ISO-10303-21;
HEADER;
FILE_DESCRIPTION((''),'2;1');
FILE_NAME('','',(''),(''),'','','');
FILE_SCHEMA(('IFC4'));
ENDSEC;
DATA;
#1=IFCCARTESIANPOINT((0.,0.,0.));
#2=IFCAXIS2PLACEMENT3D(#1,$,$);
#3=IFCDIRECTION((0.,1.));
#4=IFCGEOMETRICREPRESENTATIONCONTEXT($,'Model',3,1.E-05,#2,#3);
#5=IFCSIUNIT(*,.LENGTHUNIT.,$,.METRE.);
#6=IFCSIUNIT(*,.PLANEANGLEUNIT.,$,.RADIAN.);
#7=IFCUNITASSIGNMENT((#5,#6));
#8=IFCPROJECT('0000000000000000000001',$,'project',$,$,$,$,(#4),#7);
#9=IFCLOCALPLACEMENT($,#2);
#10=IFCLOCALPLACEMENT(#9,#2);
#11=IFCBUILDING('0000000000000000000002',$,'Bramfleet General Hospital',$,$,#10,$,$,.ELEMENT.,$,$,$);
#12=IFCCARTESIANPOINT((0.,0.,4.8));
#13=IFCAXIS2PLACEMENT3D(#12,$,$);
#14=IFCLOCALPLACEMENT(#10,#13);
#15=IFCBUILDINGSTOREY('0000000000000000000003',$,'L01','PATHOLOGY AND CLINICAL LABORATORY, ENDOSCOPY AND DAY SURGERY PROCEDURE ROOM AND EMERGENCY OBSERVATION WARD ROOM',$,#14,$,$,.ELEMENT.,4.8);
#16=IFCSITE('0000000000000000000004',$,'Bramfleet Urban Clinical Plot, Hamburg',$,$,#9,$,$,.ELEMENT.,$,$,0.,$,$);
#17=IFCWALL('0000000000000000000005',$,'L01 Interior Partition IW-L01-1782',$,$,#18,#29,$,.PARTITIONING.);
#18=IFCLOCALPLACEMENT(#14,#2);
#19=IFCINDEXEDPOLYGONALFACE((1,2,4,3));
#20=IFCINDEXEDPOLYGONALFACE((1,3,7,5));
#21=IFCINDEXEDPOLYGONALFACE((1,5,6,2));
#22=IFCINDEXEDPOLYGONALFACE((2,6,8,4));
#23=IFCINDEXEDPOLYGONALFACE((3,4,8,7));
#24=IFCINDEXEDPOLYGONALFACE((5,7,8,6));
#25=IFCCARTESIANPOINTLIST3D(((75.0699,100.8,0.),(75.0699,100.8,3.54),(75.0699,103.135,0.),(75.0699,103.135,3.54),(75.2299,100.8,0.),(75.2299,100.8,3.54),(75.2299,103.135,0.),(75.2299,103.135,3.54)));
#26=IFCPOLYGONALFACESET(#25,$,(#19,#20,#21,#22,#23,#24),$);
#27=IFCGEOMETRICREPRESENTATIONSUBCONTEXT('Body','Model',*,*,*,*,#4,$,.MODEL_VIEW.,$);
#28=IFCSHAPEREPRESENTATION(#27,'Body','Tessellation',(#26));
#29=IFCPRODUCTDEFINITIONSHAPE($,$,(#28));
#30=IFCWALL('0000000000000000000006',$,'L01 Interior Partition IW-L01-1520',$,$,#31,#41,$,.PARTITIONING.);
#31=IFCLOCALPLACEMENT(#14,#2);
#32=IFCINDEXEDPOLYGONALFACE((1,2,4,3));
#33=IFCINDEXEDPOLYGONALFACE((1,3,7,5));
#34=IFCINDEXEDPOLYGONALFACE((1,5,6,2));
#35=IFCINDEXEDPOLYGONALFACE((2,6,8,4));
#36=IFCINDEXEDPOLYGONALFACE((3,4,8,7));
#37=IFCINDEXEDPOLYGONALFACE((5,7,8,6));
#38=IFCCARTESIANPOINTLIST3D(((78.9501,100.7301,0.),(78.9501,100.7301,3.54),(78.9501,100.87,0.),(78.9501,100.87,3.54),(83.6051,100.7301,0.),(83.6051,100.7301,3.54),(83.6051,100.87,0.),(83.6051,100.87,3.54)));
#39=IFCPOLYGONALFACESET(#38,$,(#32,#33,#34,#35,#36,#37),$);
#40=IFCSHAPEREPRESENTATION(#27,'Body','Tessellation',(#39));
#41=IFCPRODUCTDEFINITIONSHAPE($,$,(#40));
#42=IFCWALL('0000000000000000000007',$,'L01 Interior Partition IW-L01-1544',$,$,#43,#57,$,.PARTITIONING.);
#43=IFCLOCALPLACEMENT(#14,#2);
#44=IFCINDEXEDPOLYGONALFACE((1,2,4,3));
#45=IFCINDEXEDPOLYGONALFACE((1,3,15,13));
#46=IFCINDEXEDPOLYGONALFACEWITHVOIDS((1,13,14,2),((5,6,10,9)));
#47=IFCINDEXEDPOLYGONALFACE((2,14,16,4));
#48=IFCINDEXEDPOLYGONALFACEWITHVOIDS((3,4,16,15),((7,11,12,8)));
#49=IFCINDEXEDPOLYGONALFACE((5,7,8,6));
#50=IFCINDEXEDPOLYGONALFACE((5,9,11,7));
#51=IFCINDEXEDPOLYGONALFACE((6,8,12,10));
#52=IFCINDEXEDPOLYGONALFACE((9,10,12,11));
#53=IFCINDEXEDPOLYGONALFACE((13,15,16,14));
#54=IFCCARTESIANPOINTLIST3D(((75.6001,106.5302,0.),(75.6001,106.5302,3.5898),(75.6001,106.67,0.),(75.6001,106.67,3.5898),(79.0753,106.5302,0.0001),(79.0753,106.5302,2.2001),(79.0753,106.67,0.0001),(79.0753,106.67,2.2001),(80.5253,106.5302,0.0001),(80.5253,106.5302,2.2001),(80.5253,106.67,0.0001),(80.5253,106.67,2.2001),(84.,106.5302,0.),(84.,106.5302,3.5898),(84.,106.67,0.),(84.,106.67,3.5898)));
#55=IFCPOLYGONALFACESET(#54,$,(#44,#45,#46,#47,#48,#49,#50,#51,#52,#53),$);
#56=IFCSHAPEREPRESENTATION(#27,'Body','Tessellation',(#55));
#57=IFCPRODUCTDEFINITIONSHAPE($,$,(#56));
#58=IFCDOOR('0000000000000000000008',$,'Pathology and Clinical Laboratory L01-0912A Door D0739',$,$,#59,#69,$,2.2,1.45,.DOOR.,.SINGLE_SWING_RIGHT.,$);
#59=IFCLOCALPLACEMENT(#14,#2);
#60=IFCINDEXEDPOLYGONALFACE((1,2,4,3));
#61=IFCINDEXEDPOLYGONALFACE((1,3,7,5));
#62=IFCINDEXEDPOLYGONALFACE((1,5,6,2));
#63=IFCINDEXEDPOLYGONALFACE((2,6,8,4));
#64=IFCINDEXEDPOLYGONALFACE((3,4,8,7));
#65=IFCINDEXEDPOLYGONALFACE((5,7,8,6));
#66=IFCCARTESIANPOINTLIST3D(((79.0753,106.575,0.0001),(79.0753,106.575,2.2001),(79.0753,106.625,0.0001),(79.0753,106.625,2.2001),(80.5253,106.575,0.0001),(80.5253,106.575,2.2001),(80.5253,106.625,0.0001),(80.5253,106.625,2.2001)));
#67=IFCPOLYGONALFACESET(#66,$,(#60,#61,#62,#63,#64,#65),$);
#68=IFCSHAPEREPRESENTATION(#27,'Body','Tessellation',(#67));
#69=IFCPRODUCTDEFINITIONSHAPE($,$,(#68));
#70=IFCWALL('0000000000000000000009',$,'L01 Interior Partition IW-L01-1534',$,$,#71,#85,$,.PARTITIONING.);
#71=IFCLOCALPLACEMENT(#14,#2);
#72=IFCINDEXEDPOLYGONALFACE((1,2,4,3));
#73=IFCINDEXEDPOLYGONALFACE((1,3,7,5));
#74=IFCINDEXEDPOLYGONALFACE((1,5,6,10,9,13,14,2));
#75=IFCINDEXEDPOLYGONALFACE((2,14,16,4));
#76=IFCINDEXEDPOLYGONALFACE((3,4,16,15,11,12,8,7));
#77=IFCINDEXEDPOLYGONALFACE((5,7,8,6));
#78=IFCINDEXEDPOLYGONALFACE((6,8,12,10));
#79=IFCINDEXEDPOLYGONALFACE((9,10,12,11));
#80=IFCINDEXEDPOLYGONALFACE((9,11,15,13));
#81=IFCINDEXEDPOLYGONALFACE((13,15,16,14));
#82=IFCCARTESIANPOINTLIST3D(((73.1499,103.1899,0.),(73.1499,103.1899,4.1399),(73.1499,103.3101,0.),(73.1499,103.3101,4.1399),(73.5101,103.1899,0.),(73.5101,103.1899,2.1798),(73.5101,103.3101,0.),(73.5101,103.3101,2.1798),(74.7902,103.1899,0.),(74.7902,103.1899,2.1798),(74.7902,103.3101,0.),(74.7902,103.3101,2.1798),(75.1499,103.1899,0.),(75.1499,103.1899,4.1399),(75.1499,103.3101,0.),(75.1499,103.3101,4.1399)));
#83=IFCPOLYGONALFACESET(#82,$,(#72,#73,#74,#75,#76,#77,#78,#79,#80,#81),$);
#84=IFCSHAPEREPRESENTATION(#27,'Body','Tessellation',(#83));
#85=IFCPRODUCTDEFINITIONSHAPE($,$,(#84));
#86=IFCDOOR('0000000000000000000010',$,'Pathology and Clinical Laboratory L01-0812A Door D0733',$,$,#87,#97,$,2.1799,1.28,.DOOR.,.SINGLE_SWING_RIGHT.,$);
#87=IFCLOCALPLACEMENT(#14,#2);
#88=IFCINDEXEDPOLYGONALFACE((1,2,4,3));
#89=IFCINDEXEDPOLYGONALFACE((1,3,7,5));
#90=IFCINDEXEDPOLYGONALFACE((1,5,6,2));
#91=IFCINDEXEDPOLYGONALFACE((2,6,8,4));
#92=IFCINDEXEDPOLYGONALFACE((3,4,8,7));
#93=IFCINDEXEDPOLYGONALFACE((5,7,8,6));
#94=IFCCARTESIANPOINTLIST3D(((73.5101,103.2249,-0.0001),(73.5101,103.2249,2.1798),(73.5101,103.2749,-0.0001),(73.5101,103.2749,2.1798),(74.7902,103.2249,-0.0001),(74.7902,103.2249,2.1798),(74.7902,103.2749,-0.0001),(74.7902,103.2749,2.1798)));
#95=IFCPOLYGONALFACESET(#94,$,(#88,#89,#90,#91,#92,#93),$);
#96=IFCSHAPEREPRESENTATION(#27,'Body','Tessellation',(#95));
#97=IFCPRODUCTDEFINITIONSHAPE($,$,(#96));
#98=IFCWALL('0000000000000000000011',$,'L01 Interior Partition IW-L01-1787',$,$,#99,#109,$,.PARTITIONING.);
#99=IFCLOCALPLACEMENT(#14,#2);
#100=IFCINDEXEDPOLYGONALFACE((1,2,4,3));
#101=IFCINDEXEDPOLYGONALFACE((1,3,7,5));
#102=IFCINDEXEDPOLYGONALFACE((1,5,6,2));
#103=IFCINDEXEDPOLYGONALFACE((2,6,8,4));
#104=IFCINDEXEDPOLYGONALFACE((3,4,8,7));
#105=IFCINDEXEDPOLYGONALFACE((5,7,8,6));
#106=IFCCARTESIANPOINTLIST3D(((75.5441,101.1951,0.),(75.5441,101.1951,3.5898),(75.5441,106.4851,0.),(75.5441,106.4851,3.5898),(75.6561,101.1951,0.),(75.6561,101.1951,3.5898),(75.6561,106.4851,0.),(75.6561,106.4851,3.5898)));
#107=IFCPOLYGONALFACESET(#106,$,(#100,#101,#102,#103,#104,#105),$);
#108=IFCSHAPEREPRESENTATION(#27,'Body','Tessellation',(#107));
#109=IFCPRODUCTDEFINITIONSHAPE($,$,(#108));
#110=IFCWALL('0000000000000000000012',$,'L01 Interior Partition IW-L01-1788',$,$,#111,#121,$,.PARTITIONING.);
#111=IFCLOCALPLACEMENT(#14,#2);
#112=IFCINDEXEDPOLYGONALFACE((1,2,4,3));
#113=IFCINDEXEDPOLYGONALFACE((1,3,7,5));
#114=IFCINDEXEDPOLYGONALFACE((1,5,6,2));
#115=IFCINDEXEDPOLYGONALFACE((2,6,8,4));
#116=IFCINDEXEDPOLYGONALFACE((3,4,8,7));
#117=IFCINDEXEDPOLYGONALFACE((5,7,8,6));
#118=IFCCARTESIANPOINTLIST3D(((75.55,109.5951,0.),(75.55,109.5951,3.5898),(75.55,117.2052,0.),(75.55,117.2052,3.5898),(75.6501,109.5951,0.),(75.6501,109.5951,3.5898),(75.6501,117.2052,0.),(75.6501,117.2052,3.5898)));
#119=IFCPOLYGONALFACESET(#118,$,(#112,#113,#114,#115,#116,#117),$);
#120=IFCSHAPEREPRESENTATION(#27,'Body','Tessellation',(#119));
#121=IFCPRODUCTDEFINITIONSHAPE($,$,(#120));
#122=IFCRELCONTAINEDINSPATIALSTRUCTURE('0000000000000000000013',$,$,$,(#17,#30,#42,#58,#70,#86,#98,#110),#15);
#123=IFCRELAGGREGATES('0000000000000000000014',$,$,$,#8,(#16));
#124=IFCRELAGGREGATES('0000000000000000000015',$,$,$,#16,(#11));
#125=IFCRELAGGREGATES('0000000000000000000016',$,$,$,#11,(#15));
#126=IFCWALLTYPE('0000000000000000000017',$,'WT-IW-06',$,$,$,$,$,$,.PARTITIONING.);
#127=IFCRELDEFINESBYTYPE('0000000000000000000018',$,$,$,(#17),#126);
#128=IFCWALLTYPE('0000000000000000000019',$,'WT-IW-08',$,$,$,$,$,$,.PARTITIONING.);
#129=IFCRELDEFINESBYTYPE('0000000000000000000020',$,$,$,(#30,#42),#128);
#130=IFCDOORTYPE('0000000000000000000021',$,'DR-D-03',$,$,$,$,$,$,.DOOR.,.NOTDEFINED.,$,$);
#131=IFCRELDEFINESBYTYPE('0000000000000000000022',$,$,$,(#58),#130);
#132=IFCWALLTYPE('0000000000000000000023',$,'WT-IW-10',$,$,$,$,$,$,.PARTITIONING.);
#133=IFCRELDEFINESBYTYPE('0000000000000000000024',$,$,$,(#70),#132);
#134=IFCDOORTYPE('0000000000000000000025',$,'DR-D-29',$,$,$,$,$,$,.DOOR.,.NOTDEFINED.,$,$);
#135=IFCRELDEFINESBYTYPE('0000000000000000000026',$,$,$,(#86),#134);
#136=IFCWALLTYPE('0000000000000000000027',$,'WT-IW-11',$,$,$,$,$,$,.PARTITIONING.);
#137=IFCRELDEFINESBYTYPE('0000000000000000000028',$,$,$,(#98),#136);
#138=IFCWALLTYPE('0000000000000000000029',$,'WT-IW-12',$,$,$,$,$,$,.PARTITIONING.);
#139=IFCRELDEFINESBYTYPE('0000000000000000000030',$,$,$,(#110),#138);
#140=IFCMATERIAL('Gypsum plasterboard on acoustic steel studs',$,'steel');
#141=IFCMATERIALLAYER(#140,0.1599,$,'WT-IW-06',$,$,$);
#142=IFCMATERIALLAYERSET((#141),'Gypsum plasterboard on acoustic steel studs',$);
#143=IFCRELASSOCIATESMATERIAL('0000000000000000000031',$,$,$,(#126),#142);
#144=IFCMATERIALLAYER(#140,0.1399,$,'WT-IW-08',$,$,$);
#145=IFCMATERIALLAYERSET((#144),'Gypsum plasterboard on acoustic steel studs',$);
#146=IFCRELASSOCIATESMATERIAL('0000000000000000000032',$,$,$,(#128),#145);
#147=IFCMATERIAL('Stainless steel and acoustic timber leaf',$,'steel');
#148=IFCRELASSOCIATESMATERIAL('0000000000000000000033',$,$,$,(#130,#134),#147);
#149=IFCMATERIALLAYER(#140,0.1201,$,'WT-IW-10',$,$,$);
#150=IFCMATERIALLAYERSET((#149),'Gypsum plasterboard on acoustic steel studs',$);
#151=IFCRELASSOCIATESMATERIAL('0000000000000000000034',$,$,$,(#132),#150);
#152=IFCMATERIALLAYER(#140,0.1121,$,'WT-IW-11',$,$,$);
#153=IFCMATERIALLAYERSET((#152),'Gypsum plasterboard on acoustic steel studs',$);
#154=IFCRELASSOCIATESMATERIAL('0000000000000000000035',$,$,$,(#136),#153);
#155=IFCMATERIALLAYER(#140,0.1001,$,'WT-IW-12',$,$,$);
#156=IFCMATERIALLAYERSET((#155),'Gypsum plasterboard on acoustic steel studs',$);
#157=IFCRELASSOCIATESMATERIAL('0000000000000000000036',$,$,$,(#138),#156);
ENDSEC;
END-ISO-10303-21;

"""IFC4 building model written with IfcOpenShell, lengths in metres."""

from ifc_helpers import new_model, si_unit, direction, frame, frame_2d, origin, place, context, subcontext, project, spatial, rectangle, extrude, material, layer, layer_set, type_object, element, fill, save


model = new_model("IFC4")

# Units and contexts
model_context = context("Model", 3, precision=1e-05, world=origin(), true_north=direction((0.0, 1.0)))
body_context = subcontext(model_context, "Body", "Model", "MODEL_VIEW")
ifc_project = project(units=[si_unit("LENGTHUNIT", "METRE"), si_unit("PLANEANGLEUNIT", "RADIAN")], contexts=[model_context])

# Site, building, storey
site_placement = place(None, origin())
site = spatial("IfcSite", under=ifc_project, at=site_placement, Name="Bramfleet Urban Clinical Plot, Hamburg", CompositionType="ELEMENT", RefElevation=0.0)
building_placement = place(site_placement, origin())
building = spatial("IfcBuilding", under=site, at=building_placement, Name="Bramfleet General Hospital", CompositionType="ELEMENT")
storey_placement = place(building_placement, frame((0.0, 0.0, 4.8)))
storey = spatial("IfcBuildingStorey", under=building, at=storey_placement, Name="L01", Description="PATHOLOGY AND CLINICAL LABORATORY, ENDOSCOPY AND DAY SURGERY PROCEDURE ROOM AND EMERGENCY OBSERVATION WARD ROOM", CompositionType="ELEMENT", Elevation=4.8)

# Shared definitions
ifc_material_1 = material(Name="Stainless steel and acoustic timber leaf", Category="steel")

# Walls
ifc_material_2 = material(Name="Gypsum plasterboard on acoustic steel studs", Category="steel")
ifc_layer_1 = layer(ifc_material_2, 0.1599, Name="WT-IW-06")
ifc_layer_set_1 = layer_set([ifc_layer_1], Name="Gypsum plasterboard on acoustic steel studs")
wall_type_1 = type_object("IfcWallType", Name="WT-IW-06", PredefinedType="PARTITIONING", material=ifc_layer_set_1)
wall_1_placement = place(storey_placement, frame((75.1499, 100.8, 0.0), z_axis=(0.0, 0.0, 1.0), x_axis=(0.0, 1.0, 0.0)))
element("IfcWall", 1, at=wall_1_placement, inside=storey, type_object=wall_type_1, Name="L01 Interior Partition IW-L01-1782", PredefinedType="PARTITIONING", context=body_context, shape_type="SweptSolid", body=[
    extrude(rectangle(XDim=2.335, YDim=0.1599, at=frame_2d((1.1675, 0.0))), origin(), (0.0, 0.0, 1.0), 3.54),
])
ifc_layer_2 = layer(ifc_material_2, 0.1399, Name="WT-IW-08")
ifc_layer_set_2 = layer_set([ifc_layer_2], Name="Gypsum plasterboard on acoustic steel studs")
wall_type_2 = type_object("IfcWallType", Name="WT-IW-08", PredefinedType="PARTITIONING", material=ifc_layer_set_2)
wall_2_placement = place(storey_placement, frame((78.95, 100.8, 0.0), z_axis=(0.0, 0.0, 1.0), x_axis=(1.0, 0.0, 0.0)))
element("IfcWall", 2, at=wall_2_placement, inside=storey, type_object=wall_type_2, Name="L01 Interior Partition IW-L01-1520", PredefinedType="PARTITIONING", context=body_context, shape_type="SweptSolid", body=[
    extrude(rectangle(XDim=4.655, YDim=0.1399, at=frame_2d((2.3276, 0.0))), origin(), (0.0, 0.0, 1.0), 3.54),
])

# Walls, openings, doors
wall_3_placement = place(storey_placement, frame((75.6001, 106.6001, 0.0), z_axis=(0.0, 0.0, 1.0), x_axis=(1.0, 0.0, 0.0)))
wall_3 = element("IfcWall", 3, at=wall_3_placement, inside=storey, type_object=wall_type_2, Name="L01 Interior Partition IW-L01-1544", PredefinedType="PARTITIONING", context=body_context, shape_type="SweptSolid", body=[
    extrude(rectangle(XDim=8.3999, YDim=0.1399, at=frame_2d((4.2, 0.0))), origin(), (0.0, 0.0, 1.0), 3.5898),
])
opening_1_placement = place(wall_3_placement, frame((3.4751, 0.0, 0.0)))
opening_1 = element("IfcOpeningElement", 4, at=opening_1_placement, cuts=wall_3, PredefinedType="OPENING", context=body_context, shape_type="SweptSolid", body=[
    extrude(rectangle(XDim=1.45, YDim=2.2, at=frame_2d((0.7251, 1.1001))), frame((0.0, 0.0798, 0.0), z_axis=(0.0, -1.0, 0.0), x_axis=(1.0, 0.0, 0.0)), (0.0, 0.0, 1.0), 0.1599),
])
door_type_1 = type_object("IfcDoorType", Name="DR-D-03", OperationType="NOTDEFINED", PredefinedType="DOOR", material=ifc_material_1)
door_1_placement = place(opening_1_placement, origin())
door_1 = element("IfcDoor", 5, at=door_1_placement, inside=storey, type_object=door_type_1, Name="Pathology and Clinical Laboratory L01-0912A Door D0739", OperationType="SINGLE_SWING_RIGHT", OverallHeight=2.2, OverallWidth=1.45, PredefinedType="DOOR", context=body_context, shape_type="SweptSolid", body=[
    extrude(rectangle(XDim=1.45, YDim=2.2, at=frame_2d((0.7251, 1.1001))), frame((0.0, 0.0249, 0.0), z_axis=(0.0, -1.0, 0.0), x_axis=(1.0, 0.0, 0.0)), (0.0, 0.0, 1.0), 0.05),
])
fill(opening_1, door_1)
ifc_layer_3 = layer(ifc_material_2, 0.1201, Name="WT-IW-10")
ifc_layer_set_3 = layer_set([ifc_layer_3], Name="Gypsum plasterboard on acoustic steel studs")
wall_type_3 = type_object("IfcWallType", Name="WT-IW-10", PredefinedType="PARTITIONING", material=ifc_layer_set_3)
wall_4_placement = place(storey_placement, frame((73.1499, 103.25, 0.0), z_axis=(0.0, 0.0, 1.0), x_axis=(1.0, 0.0, 0.0)))
wall_4 = element("IfcWall", 6, at=wall_4_placement, inside=storey, type_object=wall_type_3, Name="L01 Interior Partition IW-L01-1534", PredefinedType="PARTITIONING", context=body_context, shape_type="SweptSolid", body=[
    extrude(rectangle(XDim=2.0, YDim=0.1201, at=frame_2d((1.0, 0.0))), origin(), (0.0, 0.0, 1.0), 4.1399),
])
opening_2_placement = place(wall_4_placement, frame((0.3601, 0.0, 0.0)))
opening_2 = element("IfcOpeningElement", 7, at=opening_2_placement, cuts=wall_4, PredefinedType="OPENING", context=body_context, shape_type="SweptSolid", body=[
    extrude(rectangle(XDim=1.28, YDim=2.1799, at=frame_2d((0.6401, 1.0898))), frame((0.0, 0.0701, 0.0), z_axis=(0.0, -1.0, 0.0), x_axis=(1.0, 0.0, 0.0)), (0.0, 0.0, 1.0), 0.1401),
])
door_type_2 = type_object("IfcDoorType", Name="DR-D-29", OperationType="NOTDEFINED", PredefinedType="DOOR", material=ifc_material_1)
door_2_placement = place(opening_2_placement, origin())
door_2 = element("IfcDoor", 8, at=door_2_placement, inside=storey, type_object=door_type_2, Name="Pathology and Clinical Laboratory L01-0812A Door D0733", OperationType="SINGLE_SWING_RIGHT", OverallHeight=2.1799, OverallWidth=1.28, PredefinedType="DOOR", context=body_context, shape_type="SweptSolid", body=[
    extrude(rectangle(XDim=1.28, YDim=2.1799, at=frame_2d((0.6401, 1.0898))), frame((0.0, 0.0249, 0.0), z_axis=(0.0, -1.0, 0.0), x_axis=(1.0, 0.0, 0.0)), (0.0, 0.0, 1.0), 0.05),
])
fill(opening_2, door_2)

# Walls
ifc_layer_4 = layer(ifc_material_2, 0.1121, Name="WT-IW-11")
ifc_layer_set_4 = layer_set([ifc_layer_4], Name="Gypsum plasterboard on acoustic steel studs")
wall_type_4 = type_object("IfcWallType", Name="WT-IW-11", PredefinedType="PARTITIONING", material=ifc_layer_set_4)
wall_5_placement = place(storey_placement, frame((75.6001, 101.1951, 0.0), z_axis=(0.0, 0.0, 1.0), x_axis=(0.0, 1.0, 0.0)))
element("IfcWall", 9, at=wall_5_placement, inside=storey, type_object=wall_type_4, Name="L01 Interior Partition IW-L01-1787", PredefinedType="PARTITIONING", context=body_context, shape_type="SweptSolid", body=[
    extrude(rectangle(XDim=5.29, YDim=0.1121, at=frame_2d((2.645, 0.0))), origin(), (0.0, 0.0, 1.0), 3.5898),
])
ifc_layer_5 = layer(ifc_material_2, 0.1001, Name="WT-IW-12")
ifc_layer_set_5 = layer_set([ifc_layer_5], Name="Gypsum plasterboard on acoustic steel studs")
wall_type_5 = type_object("IfcWallType", Name="WT-IW-12", PredefinedType="PARTITIONING", material=ifc_layer_set_5)
wall_6_placement = place(storey_placement, frame((75.6001, 109.595, 0.0), z_axis=(0.0, 0.0, 1.0), x_axis=(0.0, 1.0, 0.0)))
element("IfcWall", 10, at=wall_6_placement, inside=storey, type_object=wall_type_5, Name="L01 Interior Partition IW-L01-1788", PredefinedType="PARTITIONING", context=body_context, shape_type="SweptSolid", body=[
    extrude(rectangle(XDim=7.6101, YDim=0.1001, at=frame_2d((3.8052, 0.0))), origin(), (0.0, 0.0, 1.0), 3.5898),
])

save(model, "model.ifc")
